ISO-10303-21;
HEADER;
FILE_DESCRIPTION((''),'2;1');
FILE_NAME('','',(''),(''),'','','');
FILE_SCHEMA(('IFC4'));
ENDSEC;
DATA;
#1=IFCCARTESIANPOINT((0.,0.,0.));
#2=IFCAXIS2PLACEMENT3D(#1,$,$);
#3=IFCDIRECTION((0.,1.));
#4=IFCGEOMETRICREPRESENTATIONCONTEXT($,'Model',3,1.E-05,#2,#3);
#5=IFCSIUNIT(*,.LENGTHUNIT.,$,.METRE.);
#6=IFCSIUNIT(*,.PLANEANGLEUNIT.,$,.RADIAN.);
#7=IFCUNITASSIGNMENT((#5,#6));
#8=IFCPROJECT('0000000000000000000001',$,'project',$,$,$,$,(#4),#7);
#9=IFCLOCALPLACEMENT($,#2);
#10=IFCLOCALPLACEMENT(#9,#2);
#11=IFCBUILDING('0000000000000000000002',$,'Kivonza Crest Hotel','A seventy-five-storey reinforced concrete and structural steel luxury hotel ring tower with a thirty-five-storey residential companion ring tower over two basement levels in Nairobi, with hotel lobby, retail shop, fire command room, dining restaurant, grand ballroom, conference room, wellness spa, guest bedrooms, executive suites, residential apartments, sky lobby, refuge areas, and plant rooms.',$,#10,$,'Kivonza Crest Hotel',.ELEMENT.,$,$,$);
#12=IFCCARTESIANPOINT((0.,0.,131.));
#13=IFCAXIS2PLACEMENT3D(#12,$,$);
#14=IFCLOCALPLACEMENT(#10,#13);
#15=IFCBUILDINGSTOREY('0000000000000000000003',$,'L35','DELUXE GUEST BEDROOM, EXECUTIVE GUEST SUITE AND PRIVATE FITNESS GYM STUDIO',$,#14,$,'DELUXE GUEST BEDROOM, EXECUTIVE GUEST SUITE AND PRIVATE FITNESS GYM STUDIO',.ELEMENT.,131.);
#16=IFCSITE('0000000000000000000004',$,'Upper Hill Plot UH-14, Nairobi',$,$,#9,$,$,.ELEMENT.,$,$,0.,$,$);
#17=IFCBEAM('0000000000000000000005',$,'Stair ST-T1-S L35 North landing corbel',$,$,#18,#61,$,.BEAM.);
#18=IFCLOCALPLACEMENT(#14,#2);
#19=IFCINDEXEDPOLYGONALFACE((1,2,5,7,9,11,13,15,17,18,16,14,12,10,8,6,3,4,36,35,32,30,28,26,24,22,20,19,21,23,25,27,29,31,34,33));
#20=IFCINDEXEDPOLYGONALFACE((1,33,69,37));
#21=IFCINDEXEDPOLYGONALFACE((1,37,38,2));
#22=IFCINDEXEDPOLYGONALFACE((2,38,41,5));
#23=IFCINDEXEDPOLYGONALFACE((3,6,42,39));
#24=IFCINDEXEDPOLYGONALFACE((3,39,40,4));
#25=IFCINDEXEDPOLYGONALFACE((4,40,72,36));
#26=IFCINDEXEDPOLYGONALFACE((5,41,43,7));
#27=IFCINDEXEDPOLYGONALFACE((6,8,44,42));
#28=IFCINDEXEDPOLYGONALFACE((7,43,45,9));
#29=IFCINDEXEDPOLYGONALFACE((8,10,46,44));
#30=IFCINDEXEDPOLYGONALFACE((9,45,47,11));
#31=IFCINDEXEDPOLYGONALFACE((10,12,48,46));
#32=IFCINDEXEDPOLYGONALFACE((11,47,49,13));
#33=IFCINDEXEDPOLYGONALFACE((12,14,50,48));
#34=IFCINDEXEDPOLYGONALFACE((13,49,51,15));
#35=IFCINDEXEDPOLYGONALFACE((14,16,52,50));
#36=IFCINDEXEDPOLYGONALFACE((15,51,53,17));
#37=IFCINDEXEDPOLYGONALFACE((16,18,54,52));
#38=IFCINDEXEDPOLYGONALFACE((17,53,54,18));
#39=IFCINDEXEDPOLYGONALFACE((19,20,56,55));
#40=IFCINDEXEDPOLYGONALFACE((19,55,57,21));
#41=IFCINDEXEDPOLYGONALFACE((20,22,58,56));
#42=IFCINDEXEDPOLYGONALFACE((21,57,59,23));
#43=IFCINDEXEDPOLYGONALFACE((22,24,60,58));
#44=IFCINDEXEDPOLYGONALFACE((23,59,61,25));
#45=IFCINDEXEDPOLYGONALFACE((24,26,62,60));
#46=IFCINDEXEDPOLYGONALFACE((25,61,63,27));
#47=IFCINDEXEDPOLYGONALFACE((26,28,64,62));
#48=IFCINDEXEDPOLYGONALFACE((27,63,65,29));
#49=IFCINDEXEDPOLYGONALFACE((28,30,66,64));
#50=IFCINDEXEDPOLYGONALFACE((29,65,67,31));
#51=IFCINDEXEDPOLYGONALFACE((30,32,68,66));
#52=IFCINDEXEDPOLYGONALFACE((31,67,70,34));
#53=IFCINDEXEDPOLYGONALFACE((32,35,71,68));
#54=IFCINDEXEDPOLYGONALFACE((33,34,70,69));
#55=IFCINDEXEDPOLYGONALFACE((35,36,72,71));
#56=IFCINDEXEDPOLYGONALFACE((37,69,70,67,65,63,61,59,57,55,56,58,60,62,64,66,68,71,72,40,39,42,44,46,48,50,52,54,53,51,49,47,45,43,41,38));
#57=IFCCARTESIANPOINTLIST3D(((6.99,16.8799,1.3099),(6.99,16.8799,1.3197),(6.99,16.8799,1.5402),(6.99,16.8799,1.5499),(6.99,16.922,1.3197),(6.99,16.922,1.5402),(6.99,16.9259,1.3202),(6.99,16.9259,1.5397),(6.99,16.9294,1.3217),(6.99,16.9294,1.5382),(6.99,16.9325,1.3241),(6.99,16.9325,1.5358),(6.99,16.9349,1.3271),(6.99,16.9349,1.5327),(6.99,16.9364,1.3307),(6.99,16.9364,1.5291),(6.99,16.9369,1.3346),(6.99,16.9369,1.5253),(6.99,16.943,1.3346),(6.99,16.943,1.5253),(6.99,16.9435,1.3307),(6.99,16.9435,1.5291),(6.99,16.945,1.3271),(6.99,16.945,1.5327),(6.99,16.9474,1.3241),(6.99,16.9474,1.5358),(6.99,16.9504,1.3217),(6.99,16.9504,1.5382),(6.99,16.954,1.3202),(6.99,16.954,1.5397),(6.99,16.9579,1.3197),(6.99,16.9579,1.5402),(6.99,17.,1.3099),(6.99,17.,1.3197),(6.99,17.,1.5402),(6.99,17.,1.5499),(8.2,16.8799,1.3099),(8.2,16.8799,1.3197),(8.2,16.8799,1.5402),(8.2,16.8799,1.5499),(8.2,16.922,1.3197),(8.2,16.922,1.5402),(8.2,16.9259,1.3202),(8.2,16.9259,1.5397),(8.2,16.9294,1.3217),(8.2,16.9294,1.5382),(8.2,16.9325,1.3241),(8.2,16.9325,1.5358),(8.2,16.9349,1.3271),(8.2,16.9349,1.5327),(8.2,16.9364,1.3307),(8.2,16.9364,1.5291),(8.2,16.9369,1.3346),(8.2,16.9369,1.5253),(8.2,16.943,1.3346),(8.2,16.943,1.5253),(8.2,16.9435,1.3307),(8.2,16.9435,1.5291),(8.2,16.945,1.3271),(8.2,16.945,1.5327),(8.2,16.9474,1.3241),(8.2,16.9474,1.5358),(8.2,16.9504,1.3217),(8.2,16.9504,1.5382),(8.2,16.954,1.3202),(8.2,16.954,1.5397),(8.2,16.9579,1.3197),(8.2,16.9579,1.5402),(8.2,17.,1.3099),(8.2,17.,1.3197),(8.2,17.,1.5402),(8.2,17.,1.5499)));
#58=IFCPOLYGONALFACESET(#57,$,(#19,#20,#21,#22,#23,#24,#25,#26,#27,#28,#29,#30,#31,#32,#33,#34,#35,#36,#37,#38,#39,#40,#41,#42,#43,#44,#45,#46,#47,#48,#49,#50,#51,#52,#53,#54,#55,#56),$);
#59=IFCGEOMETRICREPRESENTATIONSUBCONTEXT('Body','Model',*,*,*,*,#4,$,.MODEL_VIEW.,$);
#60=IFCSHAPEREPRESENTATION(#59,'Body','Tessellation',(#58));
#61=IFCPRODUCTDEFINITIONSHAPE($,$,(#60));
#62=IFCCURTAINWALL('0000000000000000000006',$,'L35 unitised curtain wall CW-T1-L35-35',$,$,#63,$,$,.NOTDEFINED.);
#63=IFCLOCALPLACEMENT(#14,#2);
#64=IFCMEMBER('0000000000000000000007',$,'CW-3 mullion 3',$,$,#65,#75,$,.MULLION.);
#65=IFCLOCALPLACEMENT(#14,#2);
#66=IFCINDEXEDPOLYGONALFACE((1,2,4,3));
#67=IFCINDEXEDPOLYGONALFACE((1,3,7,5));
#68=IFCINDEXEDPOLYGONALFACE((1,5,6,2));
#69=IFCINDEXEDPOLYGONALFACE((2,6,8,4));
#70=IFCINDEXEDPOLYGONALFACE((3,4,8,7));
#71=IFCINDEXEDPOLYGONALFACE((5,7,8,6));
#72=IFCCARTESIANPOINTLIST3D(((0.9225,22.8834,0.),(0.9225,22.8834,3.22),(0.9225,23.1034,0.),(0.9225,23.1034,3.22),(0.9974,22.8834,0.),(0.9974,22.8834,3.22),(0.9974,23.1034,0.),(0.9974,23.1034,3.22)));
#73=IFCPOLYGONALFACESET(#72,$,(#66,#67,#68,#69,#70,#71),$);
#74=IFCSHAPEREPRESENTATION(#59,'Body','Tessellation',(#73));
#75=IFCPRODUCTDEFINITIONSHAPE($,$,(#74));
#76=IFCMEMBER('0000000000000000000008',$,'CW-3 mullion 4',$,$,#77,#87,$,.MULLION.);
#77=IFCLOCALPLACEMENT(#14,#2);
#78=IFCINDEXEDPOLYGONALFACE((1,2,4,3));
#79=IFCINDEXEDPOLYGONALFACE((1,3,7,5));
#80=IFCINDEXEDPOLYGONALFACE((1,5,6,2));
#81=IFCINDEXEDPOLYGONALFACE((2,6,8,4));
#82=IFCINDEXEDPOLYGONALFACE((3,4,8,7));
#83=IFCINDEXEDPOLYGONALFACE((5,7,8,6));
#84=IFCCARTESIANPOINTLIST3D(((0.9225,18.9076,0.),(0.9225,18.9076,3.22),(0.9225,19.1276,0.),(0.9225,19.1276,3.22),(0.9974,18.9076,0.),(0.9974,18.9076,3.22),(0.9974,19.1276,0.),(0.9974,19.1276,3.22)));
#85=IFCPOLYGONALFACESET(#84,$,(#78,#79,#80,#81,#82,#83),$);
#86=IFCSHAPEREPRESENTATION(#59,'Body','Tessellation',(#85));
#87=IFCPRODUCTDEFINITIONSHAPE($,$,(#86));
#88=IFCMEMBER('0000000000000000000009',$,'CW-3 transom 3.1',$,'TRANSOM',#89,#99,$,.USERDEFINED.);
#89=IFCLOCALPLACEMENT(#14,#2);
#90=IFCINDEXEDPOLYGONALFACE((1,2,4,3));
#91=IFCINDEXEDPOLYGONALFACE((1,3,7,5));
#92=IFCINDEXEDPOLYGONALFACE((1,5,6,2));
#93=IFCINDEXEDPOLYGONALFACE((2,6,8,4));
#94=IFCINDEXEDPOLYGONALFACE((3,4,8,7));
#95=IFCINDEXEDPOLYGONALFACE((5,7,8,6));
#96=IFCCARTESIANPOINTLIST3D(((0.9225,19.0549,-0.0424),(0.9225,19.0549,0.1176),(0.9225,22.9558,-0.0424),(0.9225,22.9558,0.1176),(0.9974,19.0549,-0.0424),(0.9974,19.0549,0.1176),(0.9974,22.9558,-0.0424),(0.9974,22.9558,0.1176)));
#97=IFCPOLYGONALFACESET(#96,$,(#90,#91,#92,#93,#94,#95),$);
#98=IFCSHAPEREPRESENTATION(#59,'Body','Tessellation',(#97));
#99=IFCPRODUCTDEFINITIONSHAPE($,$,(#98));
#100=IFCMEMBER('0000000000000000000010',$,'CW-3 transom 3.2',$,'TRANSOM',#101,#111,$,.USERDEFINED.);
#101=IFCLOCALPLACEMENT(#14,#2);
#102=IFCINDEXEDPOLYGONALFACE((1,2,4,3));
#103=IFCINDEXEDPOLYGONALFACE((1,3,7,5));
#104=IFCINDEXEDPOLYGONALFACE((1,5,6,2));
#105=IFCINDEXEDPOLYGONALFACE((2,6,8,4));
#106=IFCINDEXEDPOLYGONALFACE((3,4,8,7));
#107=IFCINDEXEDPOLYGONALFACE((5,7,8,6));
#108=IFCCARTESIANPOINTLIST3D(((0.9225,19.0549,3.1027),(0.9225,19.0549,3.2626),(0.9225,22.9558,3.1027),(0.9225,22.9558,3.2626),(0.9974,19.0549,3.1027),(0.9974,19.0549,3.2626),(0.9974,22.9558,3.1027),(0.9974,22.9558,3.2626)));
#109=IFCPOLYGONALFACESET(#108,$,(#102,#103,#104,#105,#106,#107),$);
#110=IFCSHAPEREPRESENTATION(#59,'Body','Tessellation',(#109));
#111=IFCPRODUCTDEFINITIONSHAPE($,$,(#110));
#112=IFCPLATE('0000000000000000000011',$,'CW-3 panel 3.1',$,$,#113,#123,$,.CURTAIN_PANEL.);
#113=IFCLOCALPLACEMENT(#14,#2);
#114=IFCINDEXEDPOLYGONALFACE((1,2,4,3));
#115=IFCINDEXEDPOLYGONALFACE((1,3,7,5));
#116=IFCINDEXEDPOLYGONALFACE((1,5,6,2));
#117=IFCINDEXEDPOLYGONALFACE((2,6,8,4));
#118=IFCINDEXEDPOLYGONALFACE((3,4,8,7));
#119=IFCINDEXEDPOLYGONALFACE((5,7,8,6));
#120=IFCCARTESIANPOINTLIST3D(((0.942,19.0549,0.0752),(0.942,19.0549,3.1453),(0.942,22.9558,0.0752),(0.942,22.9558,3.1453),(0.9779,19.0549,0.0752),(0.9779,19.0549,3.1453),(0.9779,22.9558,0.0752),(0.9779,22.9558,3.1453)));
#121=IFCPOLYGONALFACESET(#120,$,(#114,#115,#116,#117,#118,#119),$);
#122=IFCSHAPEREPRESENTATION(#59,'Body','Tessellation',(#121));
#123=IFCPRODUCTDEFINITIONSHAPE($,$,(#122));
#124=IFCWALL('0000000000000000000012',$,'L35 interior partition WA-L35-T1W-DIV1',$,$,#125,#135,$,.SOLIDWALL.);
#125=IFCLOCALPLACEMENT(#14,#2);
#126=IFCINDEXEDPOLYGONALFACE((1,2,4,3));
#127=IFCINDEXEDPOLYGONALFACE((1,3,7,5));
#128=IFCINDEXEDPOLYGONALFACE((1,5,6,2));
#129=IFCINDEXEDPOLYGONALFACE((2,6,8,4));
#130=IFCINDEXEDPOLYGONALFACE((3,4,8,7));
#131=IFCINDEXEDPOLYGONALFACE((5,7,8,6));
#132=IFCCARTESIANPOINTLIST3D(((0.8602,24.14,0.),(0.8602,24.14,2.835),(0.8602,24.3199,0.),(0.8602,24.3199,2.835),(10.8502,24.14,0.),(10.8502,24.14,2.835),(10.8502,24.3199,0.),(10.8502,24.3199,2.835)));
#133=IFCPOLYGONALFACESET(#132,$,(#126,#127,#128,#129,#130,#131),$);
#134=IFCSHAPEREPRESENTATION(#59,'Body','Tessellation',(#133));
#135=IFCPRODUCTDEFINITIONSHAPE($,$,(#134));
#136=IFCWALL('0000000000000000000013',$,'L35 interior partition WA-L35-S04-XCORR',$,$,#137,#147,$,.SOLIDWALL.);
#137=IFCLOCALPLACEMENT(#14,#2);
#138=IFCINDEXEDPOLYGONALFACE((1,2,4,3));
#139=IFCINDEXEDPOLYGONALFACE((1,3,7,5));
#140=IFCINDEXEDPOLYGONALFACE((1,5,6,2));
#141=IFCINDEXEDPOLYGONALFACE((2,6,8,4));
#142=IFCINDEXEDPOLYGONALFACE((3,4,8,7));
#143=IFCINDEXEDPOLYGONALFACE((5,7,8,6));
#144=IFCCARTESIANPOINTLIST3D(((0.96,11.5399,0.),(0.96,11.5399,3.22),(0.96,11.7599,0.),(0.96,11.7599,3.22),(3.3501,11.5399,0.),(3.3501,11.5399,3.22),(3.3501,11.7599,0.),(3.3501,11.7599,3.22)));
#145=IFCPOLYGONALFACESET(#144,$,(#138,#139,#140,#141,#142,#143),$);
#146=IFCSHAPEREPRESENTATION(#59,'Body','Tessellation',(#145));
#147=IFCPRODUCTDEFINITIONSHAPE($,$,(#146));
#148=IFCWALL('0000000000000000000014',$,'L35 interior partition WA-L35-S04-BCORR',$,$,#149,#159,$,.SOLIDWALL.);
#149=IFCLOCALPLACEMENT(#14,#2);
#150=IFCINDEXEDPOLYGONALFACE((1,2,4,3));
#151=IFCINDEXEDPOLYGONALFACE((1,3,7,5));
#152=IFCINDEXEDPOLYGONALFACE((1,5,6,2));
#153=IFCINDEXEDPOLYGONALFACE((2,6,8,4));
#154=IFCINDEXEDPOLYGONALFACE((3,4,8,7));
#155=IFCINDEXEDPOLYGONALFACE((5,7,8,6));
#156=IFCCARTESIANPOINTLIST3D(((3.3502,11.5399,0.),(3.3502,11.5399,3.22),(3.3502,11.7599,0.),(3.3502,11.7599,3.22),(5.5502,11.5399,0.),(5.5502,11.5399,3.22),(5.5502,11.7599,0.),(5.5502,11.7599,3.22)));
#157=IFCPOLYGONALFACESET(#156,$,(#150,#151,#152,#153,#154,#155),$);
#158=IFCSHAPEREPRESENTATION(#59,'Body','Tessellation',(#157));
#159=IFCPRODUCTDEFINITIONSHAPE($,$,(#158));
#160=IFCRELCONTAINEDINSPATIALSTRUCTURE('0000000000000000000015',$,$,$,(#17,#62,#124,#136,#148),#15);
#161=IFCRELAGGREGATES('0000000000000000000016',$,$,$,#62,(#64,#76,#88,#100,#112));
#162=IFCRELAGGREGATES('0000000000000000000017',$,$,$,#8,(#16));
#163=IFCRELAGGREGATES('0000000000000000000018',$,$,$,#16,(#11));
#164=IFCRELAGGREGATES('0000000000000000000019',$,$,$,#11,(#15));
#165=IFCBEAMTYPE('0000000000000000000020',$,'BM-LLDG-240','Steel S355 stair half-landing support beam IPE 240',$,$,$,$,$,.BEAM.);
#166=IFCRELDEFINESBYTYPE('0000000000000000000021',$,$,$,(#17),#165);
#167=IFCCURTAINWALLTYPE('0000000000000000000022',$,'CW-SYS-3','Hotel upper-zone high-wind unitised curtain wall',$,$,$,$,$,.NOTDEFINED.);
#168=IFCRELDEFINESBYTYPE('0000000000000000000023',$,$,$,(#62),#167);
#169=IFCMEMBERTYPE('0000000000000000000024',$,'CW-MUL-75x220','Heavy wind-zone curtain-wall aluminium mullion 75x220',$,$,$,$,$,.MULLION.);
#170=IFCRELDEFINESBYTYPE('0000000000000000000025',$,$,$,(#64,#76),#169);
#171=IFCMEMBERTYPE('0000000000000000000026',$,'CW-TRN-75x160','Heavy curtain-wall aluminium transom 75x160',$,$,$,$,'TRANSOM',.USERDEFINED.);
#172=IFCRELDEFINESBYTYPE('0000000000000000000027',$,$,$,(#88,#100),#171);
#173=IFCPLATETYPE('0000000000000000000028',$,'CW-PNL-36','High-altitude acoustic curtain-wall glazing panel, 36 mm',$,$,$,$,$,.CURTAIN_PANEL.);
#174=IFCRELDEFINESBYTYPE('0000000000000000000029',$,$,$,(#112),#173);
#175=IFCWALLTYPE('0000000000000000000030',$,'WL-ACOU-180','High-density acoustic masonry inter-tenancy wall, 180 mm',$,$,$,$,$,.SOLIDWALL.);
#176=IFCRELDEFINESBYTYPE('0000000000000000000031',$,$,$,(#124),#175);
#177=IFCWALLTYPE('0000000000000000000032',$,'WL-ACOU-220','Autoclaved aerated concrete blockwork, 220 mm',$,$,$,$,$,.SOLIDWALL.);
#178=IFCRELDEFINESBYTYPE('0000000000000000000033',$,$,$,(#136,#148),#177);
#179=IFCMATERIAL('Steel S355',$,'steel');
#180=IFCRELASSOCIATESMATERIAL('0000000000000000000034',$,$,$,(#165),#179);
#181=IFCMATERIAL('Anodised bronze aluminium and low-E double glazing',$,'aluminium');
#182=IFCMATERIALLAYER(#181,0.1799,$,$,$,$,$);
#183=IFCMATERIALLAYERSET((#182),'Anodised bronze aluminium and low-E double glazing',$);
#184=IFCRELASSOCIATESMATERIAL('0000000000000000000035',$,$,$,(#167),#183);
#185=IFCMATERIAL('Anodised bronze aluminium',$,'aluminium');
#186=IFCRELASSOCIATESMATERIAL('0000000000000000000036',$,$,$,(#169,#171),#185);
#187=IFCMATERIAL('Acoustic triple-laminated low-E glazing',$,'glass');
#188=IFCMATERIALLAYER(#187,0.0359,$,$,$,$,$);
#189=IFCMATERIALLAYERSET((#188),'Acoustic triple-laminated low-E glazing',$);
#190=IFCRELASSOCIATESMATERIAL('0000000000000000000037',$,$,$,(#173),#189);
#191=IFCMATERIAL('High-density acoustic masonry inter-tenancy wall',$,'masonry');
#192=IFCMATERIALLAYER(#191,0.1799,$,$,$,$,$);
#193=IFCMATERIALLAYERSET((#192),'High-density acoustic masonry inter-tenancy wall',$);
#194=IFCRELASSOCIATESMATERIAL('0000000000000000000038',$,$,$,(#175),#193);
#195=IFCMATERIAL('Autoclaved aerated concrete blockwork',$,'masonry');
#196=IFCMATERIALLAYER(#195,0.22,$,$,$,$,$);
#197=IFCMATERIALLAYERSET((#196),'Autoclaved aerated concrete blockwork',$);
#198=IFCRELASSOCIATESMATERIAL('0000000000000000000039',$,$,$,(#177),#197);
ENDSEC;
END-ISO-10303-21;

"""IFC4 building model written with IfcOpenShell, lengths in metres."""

from ifc_helpers import new_model, si_unit, direction, frame, frame_2d, origin, origin_2d, place, context, subcontext, project, spatial, rectangle, i_section, extrude, material, layer, layer_set, material_profile, profile_set, type_object, element, aggregate, save


model = new_model("IFC4")

# Units and contexts
model_context = context("Model", 3, precision=1e-05, world=origin(), true_north=direction((0.0, 1.0)))
body_context = subcontext(model_context, "Body", "Model", "MODEL_VIEW")
ifc_project = project(units=[si_unit("LENGTHUNIT", "METRE"), si_unit("PLANEANGLEUNIT", "RADIAN")], contexts=[model_context])

# Site, building, storey
site_placement = place(None, origin())
site = spatial("IfcSite", under=ifc_project, at=site_placement, Name="Upper Hill Plot UH-14, Nairobi", CompositionType="ELEMENT", RefElevation=0.0)
building_placement = place(site_placement, origin())
building = spatial("IfcBuilding", under=site, at=building_placement, Name="Kivonza Crest Hotel", Description="A seventy-five-storey reinforced concrete and structural steel luxury hotel ring tower with a thirty-five-storey residential companion ring tower over two basement levels in Nairobi, with hotel lobby, retail shop, fire command room, dining restaurant, grand ballroom, conference room, wellness spa, guest bedrooms, executive suites, residential apartments, sky lobby, refuge areas, and plant rooms.", LongName="Kivonza Crest Hotel", CompositionType="ELEMENT")
storey_placement = place(building_placement, frame((0.0, 0.0, 131.0)))
storey = spatial("IfcBuildingStorey", under=building, at=storey_placement, Name="L35", Description="DELUXE GUEST BEDROOM, EXECUTIVE GUEST SUITE AND PRIVATE FITNESS GYM STUDIO", LongName="DELUXE GUEST BEDROOM, EXECUTIVE GUEST SUITE AND PRIVATE FITNESS GYM STUDIO", CompositionType="ELEMENT", Elevation=131.0)

# Beam
ifc_material_1 = material(Name="Steel S355", Category="steel")
ifc_material_profile_1 = material_profile(ifc_material_1, i_section(OverallWidth=0.1201, OverallDepth=0.24, WebThickness=0.0061, FlangeThickness=0.0098, FilletRadius=0.0149, at=origin_2d()), Name="IPE 240")
ifc_profile_set_1 = profile_set([ifc_material_profile_1], Name="Steel S355")
beam_type_1 = type_object("IfcBeamType", Name="BM-LLDG-240", Description="Steel S355 stair half-landing support beam IPE 240", PredefinedType="BEAM", material=ifc_profile_set_1)
for number, where, z_axis, x_axis, name in (
    (1, (6.99, 16.9399, 1.4299), (1.0, 0.0, 0.0), (0.0, 1.0, 0.0), "Stair ST-T1-S L35 North landing corbel"),
):
    element("IfcBeam", number, at=place(storey_placement, frame(where, z_axis=z_axis, x_axis=x_axis)), inside=storey, type_object=beam_type_1, Name=name, PredefinedType="BEAM", context=body_context, shape_type="SweptSolid", body=[
        extrude(i_section(OverallWidth=0.1201, OverallDepth=0.24, WebThickness=0.0061, FlangeThickness=0.0098, FilletRadius=0.0149, at=origin_2d()), origin(), (0.0, 0.0, 1.0), 1.21),
    ])

# Curtain wall, members, plate
ifc_material_2 = material(Name="Anodised bronze aluminium and low-E double glazing", Category="aluminium")
ifc_layer_1 = layer(ifc_material_2, 0.1799)
ifc_layer_set_1 = layer_set([ifc_layer_1], Name="Anodised bronze aluminium and low-E double glazing")
curtain_wall_type = type_object("IfcCurtainWallType", Name="CW-SYS-3", Description="Hotel upper-zone high-wind unitised curtain wall", PredefinedType="NOTDEFINED", material=ifc_layer_set_1)
curtain_wall_placement = place(storey_placement, origin())
curtain_wall = element("IfcCurtainWall", 2, at=curtain_wall_placement, inside=storey, type_object=curtain_wall_type, Name="L35 unitised curtain wall CW-T1-L35-35", PredefinedType="NOTDEFINED")
ifc_material_3 = material(Name="Anodised bronze aluminium", Category="aluminium")
ifc_material_profile_2 = material_profile(ifc_material_3, rectangle(XDim=0.075, YDim=0.22, at=origin_2d()), Name="CW-M 75x220")
ifc_profile_set_2 = profile_set([ifc_material_profile_2], Name="Anodised bronze aluminium")
member_type_1 = type_object("IfcMemberType", Name="CW-MUL-75x220", Description="Heavy wind-zone curtain-wall aluminium mullion 75x220", PredefinedType="MULLION", material=ifc_profile_set_2)
member_1_placement = place(storey_placement, frame((0.96, 22.9934, 0.0), z_axis=(0.0, 0.0, 1.0), x_axis=(1.0, 0.0, 0.0)))
member_1 = element("IfcMember", 3, at=member_1_placement, type_object=member_type_1, Name="CW-3 mullion 3", PredefinedType="MULLION", context=body_context, shape_type="SweptSolid", body=[
    extrude(rectangle(XDim=0.075, YDim=0.22, at=origin_2d()), origin(), (0.0, 0.0, 1.0), 3.22),
])
member_2_placement = place(storey_placement, frame((0.96, 19.0176, 0.0), z_axis=(0.0, 0.0, 1.0), x_axis=(1.0, 0.0, 0.0)))
member_2 = element("IfcMember", 4, at=member_2_placement, type_object=member_type_1, Name="CW-3 mullion 4", PredefinedType="MULLION", context=body_context, shape_type="SweptSolid", body=[
    extrude(rectangle(XDim=0.075, YDim=0.22, at=origin_2d()), origin(), (0.0, 0.0, 1.0), 3.22),
])
ifc_material_profile_3 = material_profile(ifc_material_3, rectangle(XDim=0.075, YDim=0.1599, at=origin_2d()), Name="CW-T 75x160")
ifc_profile_set_3 = profile_set([ifc_material_profile_3], Name="Anodised bronze aluminium")
member_type_2 = type_object("IfcMemberType", Name="CW-TRN-75x160", Description="Heavy curtain-wall aluminium transom 75x160", ElementType="TRANSOM", PredefinedType="USERDEFINED", material=ifc_profile_set_3)
member_3_placement = place(storey_placement, frame((0.96, 22.9558, 0.0376), z_axis=(0.0, -1.0, 0.0), x_axis=(1.0, 0.0, 0.0)))
member_3 = element("IfcMember", 5, at=member_3_placement, type_object=member_type_2, Name="CW-3 transom 3.1", ObjectType="TRANSOM", PredefinedType="USERDEFINED", context=body_context, shape_type="SweptSolid", body=[
    extrude(rectangle(XDim=0.075, YDim=0.1599, at=origin_2d()), origin(), (0.0, 0.0, 1.0), 3.9009),
])
member_4_placement = place(storey_placement, frame((0.96, 22.9558, 3.1826), z_axis=(0.0, -1.0, 0.0), x_axis=(1.0, 0.0, 0.0)))
member_4 = element("IfcMember", 6, at=member_4_placement, type_object=member_type_2, Name="CW-3 transom 3.2", ObjectType="TRANSOM", PredefinedType="USERDEFINED", context=body_context, shape_type="SweptSolid", body=[
    extrude(rectangle(XDim=0.075, YDim=0.1599, at=origin_2d()), origin(), (0.0, 0.0, 1.0), 3.9009),
])
ifc_material_4 = material(Name="Acoustic triple-laminated low-E glazing", Category="glass")
ifc_layer_2 = layer(ifc_material_4, 0.0359)
ifc_layer_set_2 = layer_set([ifc_layer_2], Name="Acoustic triple-laminated low-E glazing")
plate_type = type_object("IfcPlateType", Name="CW-PNL-36", Description="High-altitude acoustic curtain-wall glazing panel, 36 mm", PredefinedType="CURTAIN_PANEL", material=ifc_layer_set_2)
plate_placement = place(storey_placement, frame((0.96, 21.0054, 0.0752), z_axis=(0.0, 0.0, 1.0), x_axis=(0.0, -1.0, 0.0)))
plate = element("IfcPlate", 7, at=plate_placement, type_object=plate_type, Name="CW-3 panel 3.1", PredefinedType="CURTAIN_PANEL", context=body_context, shape_type="SweptSolid", body=[
    extrude(rectangle(XDim=3.9009, YDim=0.0359, at=origin_2d()), origin(), (0.0, 0.0, 1.0), 3.0701),
])
aggregate(curtain_wall, [member_1, member_2, member_3, member_4, plate])

# Walls
ifc_material_5 = material(Name="High-density acoustic masonry inter-tenancy wall", Category="masonry")
ifc_layer_3 = layer(ifc_material_5, 0.1799)
ifc_layer_set_3 = layer_set([ifc_layer_3], Name="High-density acoustic masonry inter-tenancy wall")
wall_type_1 = type_object("IfcWallType", Name="WL-ACOU-180", Description="High-density acoustic masonry inter-tenancy wall, 180 mm", PredefinedType="SOLIDWALL", material=ifc_layer_set_3)
wall_1_placement = place(storey_placement, frame((0.8601, 24.23, 0.0), z_axis=(0.0, 0.0, 1.0), x_axis=(1.0, 0.0, 0.0)))
element("IfcWall", 8, at=wall_1_placement, inside=storey, type_object=wall_type_1, Name="L35 interior partition WA-L35-T1W-DIV1", PredefinedType="SOLIDWALL", context=body_context, shape_type="SweptSolid", body=[
    extrude(rectangle(XDim=9.99, YDim=0.1799, at=frame_2d((4.9951, 0.0))), origin(), (0.0, 0.0, 1.0), 2.835),
])
ifc_material_6 = material(Name="Autoclaved aerated concrete blockwork", Category="masonry")
ifc_layer_4 = layer(ifc_material_6, 0.22)
ifc_layer_set_4 = layer_set([ifc_layer_4], Name="Autoclaved aerated concrete blockwork")
wall_type_2 = type_object("IfcWallType", Name="WL-ACOU-220", Description="Autoclaved aerated concrete blockwork, 220 mm", PredefinedType="SOLIDWALL", material=ifc_layer_set_4)
wall_2_placement = place(storey_placement, frame((0.96, 11.6499, 0.0), z_axis=(0.0, 0.0, 1.0), x_axis=(1.0, 0.0, 0.0)))
element("IfcWall", 9, at=wall_2_placement, inside=storey, type_object=wall_type_2, Name="L35 interior partition WA-L35-S04-XCORR", PredefinedType="SOLIDWALL", context=body_context, shape_type="SweptSolid", body=[
    extrude(rectangle(XDim=2.3901, YDim=0.22, at=frame_2d((1.1951, 0.0))), origin(), (0.0, 0.0, 1.0), 3.22),
])
wall_3_placement = place(storey_placement, frame((3.3501, 11.6499, 0.0), z_axis=(0.0, 0.0, 1.0), x_axis=(1.0, 0.0, 0.0)))
element("IfcWall", 10, at=wall_3_placement, inside=storey, type_object=wall_type_2, Name="L35 interior partition WA-L35-S04-BCORR", PredefinedType="SOLIDWALL", context=body_context, shape_type="SweptSolid", body=[
    extrude(rectangle(XDim=2.2, YDim=0.22, at=frame_2d((1.1001, 0.0))), origin(), (0.0, 0.0, 1.0), 3.22),
])

save(model, "model.ifc")
